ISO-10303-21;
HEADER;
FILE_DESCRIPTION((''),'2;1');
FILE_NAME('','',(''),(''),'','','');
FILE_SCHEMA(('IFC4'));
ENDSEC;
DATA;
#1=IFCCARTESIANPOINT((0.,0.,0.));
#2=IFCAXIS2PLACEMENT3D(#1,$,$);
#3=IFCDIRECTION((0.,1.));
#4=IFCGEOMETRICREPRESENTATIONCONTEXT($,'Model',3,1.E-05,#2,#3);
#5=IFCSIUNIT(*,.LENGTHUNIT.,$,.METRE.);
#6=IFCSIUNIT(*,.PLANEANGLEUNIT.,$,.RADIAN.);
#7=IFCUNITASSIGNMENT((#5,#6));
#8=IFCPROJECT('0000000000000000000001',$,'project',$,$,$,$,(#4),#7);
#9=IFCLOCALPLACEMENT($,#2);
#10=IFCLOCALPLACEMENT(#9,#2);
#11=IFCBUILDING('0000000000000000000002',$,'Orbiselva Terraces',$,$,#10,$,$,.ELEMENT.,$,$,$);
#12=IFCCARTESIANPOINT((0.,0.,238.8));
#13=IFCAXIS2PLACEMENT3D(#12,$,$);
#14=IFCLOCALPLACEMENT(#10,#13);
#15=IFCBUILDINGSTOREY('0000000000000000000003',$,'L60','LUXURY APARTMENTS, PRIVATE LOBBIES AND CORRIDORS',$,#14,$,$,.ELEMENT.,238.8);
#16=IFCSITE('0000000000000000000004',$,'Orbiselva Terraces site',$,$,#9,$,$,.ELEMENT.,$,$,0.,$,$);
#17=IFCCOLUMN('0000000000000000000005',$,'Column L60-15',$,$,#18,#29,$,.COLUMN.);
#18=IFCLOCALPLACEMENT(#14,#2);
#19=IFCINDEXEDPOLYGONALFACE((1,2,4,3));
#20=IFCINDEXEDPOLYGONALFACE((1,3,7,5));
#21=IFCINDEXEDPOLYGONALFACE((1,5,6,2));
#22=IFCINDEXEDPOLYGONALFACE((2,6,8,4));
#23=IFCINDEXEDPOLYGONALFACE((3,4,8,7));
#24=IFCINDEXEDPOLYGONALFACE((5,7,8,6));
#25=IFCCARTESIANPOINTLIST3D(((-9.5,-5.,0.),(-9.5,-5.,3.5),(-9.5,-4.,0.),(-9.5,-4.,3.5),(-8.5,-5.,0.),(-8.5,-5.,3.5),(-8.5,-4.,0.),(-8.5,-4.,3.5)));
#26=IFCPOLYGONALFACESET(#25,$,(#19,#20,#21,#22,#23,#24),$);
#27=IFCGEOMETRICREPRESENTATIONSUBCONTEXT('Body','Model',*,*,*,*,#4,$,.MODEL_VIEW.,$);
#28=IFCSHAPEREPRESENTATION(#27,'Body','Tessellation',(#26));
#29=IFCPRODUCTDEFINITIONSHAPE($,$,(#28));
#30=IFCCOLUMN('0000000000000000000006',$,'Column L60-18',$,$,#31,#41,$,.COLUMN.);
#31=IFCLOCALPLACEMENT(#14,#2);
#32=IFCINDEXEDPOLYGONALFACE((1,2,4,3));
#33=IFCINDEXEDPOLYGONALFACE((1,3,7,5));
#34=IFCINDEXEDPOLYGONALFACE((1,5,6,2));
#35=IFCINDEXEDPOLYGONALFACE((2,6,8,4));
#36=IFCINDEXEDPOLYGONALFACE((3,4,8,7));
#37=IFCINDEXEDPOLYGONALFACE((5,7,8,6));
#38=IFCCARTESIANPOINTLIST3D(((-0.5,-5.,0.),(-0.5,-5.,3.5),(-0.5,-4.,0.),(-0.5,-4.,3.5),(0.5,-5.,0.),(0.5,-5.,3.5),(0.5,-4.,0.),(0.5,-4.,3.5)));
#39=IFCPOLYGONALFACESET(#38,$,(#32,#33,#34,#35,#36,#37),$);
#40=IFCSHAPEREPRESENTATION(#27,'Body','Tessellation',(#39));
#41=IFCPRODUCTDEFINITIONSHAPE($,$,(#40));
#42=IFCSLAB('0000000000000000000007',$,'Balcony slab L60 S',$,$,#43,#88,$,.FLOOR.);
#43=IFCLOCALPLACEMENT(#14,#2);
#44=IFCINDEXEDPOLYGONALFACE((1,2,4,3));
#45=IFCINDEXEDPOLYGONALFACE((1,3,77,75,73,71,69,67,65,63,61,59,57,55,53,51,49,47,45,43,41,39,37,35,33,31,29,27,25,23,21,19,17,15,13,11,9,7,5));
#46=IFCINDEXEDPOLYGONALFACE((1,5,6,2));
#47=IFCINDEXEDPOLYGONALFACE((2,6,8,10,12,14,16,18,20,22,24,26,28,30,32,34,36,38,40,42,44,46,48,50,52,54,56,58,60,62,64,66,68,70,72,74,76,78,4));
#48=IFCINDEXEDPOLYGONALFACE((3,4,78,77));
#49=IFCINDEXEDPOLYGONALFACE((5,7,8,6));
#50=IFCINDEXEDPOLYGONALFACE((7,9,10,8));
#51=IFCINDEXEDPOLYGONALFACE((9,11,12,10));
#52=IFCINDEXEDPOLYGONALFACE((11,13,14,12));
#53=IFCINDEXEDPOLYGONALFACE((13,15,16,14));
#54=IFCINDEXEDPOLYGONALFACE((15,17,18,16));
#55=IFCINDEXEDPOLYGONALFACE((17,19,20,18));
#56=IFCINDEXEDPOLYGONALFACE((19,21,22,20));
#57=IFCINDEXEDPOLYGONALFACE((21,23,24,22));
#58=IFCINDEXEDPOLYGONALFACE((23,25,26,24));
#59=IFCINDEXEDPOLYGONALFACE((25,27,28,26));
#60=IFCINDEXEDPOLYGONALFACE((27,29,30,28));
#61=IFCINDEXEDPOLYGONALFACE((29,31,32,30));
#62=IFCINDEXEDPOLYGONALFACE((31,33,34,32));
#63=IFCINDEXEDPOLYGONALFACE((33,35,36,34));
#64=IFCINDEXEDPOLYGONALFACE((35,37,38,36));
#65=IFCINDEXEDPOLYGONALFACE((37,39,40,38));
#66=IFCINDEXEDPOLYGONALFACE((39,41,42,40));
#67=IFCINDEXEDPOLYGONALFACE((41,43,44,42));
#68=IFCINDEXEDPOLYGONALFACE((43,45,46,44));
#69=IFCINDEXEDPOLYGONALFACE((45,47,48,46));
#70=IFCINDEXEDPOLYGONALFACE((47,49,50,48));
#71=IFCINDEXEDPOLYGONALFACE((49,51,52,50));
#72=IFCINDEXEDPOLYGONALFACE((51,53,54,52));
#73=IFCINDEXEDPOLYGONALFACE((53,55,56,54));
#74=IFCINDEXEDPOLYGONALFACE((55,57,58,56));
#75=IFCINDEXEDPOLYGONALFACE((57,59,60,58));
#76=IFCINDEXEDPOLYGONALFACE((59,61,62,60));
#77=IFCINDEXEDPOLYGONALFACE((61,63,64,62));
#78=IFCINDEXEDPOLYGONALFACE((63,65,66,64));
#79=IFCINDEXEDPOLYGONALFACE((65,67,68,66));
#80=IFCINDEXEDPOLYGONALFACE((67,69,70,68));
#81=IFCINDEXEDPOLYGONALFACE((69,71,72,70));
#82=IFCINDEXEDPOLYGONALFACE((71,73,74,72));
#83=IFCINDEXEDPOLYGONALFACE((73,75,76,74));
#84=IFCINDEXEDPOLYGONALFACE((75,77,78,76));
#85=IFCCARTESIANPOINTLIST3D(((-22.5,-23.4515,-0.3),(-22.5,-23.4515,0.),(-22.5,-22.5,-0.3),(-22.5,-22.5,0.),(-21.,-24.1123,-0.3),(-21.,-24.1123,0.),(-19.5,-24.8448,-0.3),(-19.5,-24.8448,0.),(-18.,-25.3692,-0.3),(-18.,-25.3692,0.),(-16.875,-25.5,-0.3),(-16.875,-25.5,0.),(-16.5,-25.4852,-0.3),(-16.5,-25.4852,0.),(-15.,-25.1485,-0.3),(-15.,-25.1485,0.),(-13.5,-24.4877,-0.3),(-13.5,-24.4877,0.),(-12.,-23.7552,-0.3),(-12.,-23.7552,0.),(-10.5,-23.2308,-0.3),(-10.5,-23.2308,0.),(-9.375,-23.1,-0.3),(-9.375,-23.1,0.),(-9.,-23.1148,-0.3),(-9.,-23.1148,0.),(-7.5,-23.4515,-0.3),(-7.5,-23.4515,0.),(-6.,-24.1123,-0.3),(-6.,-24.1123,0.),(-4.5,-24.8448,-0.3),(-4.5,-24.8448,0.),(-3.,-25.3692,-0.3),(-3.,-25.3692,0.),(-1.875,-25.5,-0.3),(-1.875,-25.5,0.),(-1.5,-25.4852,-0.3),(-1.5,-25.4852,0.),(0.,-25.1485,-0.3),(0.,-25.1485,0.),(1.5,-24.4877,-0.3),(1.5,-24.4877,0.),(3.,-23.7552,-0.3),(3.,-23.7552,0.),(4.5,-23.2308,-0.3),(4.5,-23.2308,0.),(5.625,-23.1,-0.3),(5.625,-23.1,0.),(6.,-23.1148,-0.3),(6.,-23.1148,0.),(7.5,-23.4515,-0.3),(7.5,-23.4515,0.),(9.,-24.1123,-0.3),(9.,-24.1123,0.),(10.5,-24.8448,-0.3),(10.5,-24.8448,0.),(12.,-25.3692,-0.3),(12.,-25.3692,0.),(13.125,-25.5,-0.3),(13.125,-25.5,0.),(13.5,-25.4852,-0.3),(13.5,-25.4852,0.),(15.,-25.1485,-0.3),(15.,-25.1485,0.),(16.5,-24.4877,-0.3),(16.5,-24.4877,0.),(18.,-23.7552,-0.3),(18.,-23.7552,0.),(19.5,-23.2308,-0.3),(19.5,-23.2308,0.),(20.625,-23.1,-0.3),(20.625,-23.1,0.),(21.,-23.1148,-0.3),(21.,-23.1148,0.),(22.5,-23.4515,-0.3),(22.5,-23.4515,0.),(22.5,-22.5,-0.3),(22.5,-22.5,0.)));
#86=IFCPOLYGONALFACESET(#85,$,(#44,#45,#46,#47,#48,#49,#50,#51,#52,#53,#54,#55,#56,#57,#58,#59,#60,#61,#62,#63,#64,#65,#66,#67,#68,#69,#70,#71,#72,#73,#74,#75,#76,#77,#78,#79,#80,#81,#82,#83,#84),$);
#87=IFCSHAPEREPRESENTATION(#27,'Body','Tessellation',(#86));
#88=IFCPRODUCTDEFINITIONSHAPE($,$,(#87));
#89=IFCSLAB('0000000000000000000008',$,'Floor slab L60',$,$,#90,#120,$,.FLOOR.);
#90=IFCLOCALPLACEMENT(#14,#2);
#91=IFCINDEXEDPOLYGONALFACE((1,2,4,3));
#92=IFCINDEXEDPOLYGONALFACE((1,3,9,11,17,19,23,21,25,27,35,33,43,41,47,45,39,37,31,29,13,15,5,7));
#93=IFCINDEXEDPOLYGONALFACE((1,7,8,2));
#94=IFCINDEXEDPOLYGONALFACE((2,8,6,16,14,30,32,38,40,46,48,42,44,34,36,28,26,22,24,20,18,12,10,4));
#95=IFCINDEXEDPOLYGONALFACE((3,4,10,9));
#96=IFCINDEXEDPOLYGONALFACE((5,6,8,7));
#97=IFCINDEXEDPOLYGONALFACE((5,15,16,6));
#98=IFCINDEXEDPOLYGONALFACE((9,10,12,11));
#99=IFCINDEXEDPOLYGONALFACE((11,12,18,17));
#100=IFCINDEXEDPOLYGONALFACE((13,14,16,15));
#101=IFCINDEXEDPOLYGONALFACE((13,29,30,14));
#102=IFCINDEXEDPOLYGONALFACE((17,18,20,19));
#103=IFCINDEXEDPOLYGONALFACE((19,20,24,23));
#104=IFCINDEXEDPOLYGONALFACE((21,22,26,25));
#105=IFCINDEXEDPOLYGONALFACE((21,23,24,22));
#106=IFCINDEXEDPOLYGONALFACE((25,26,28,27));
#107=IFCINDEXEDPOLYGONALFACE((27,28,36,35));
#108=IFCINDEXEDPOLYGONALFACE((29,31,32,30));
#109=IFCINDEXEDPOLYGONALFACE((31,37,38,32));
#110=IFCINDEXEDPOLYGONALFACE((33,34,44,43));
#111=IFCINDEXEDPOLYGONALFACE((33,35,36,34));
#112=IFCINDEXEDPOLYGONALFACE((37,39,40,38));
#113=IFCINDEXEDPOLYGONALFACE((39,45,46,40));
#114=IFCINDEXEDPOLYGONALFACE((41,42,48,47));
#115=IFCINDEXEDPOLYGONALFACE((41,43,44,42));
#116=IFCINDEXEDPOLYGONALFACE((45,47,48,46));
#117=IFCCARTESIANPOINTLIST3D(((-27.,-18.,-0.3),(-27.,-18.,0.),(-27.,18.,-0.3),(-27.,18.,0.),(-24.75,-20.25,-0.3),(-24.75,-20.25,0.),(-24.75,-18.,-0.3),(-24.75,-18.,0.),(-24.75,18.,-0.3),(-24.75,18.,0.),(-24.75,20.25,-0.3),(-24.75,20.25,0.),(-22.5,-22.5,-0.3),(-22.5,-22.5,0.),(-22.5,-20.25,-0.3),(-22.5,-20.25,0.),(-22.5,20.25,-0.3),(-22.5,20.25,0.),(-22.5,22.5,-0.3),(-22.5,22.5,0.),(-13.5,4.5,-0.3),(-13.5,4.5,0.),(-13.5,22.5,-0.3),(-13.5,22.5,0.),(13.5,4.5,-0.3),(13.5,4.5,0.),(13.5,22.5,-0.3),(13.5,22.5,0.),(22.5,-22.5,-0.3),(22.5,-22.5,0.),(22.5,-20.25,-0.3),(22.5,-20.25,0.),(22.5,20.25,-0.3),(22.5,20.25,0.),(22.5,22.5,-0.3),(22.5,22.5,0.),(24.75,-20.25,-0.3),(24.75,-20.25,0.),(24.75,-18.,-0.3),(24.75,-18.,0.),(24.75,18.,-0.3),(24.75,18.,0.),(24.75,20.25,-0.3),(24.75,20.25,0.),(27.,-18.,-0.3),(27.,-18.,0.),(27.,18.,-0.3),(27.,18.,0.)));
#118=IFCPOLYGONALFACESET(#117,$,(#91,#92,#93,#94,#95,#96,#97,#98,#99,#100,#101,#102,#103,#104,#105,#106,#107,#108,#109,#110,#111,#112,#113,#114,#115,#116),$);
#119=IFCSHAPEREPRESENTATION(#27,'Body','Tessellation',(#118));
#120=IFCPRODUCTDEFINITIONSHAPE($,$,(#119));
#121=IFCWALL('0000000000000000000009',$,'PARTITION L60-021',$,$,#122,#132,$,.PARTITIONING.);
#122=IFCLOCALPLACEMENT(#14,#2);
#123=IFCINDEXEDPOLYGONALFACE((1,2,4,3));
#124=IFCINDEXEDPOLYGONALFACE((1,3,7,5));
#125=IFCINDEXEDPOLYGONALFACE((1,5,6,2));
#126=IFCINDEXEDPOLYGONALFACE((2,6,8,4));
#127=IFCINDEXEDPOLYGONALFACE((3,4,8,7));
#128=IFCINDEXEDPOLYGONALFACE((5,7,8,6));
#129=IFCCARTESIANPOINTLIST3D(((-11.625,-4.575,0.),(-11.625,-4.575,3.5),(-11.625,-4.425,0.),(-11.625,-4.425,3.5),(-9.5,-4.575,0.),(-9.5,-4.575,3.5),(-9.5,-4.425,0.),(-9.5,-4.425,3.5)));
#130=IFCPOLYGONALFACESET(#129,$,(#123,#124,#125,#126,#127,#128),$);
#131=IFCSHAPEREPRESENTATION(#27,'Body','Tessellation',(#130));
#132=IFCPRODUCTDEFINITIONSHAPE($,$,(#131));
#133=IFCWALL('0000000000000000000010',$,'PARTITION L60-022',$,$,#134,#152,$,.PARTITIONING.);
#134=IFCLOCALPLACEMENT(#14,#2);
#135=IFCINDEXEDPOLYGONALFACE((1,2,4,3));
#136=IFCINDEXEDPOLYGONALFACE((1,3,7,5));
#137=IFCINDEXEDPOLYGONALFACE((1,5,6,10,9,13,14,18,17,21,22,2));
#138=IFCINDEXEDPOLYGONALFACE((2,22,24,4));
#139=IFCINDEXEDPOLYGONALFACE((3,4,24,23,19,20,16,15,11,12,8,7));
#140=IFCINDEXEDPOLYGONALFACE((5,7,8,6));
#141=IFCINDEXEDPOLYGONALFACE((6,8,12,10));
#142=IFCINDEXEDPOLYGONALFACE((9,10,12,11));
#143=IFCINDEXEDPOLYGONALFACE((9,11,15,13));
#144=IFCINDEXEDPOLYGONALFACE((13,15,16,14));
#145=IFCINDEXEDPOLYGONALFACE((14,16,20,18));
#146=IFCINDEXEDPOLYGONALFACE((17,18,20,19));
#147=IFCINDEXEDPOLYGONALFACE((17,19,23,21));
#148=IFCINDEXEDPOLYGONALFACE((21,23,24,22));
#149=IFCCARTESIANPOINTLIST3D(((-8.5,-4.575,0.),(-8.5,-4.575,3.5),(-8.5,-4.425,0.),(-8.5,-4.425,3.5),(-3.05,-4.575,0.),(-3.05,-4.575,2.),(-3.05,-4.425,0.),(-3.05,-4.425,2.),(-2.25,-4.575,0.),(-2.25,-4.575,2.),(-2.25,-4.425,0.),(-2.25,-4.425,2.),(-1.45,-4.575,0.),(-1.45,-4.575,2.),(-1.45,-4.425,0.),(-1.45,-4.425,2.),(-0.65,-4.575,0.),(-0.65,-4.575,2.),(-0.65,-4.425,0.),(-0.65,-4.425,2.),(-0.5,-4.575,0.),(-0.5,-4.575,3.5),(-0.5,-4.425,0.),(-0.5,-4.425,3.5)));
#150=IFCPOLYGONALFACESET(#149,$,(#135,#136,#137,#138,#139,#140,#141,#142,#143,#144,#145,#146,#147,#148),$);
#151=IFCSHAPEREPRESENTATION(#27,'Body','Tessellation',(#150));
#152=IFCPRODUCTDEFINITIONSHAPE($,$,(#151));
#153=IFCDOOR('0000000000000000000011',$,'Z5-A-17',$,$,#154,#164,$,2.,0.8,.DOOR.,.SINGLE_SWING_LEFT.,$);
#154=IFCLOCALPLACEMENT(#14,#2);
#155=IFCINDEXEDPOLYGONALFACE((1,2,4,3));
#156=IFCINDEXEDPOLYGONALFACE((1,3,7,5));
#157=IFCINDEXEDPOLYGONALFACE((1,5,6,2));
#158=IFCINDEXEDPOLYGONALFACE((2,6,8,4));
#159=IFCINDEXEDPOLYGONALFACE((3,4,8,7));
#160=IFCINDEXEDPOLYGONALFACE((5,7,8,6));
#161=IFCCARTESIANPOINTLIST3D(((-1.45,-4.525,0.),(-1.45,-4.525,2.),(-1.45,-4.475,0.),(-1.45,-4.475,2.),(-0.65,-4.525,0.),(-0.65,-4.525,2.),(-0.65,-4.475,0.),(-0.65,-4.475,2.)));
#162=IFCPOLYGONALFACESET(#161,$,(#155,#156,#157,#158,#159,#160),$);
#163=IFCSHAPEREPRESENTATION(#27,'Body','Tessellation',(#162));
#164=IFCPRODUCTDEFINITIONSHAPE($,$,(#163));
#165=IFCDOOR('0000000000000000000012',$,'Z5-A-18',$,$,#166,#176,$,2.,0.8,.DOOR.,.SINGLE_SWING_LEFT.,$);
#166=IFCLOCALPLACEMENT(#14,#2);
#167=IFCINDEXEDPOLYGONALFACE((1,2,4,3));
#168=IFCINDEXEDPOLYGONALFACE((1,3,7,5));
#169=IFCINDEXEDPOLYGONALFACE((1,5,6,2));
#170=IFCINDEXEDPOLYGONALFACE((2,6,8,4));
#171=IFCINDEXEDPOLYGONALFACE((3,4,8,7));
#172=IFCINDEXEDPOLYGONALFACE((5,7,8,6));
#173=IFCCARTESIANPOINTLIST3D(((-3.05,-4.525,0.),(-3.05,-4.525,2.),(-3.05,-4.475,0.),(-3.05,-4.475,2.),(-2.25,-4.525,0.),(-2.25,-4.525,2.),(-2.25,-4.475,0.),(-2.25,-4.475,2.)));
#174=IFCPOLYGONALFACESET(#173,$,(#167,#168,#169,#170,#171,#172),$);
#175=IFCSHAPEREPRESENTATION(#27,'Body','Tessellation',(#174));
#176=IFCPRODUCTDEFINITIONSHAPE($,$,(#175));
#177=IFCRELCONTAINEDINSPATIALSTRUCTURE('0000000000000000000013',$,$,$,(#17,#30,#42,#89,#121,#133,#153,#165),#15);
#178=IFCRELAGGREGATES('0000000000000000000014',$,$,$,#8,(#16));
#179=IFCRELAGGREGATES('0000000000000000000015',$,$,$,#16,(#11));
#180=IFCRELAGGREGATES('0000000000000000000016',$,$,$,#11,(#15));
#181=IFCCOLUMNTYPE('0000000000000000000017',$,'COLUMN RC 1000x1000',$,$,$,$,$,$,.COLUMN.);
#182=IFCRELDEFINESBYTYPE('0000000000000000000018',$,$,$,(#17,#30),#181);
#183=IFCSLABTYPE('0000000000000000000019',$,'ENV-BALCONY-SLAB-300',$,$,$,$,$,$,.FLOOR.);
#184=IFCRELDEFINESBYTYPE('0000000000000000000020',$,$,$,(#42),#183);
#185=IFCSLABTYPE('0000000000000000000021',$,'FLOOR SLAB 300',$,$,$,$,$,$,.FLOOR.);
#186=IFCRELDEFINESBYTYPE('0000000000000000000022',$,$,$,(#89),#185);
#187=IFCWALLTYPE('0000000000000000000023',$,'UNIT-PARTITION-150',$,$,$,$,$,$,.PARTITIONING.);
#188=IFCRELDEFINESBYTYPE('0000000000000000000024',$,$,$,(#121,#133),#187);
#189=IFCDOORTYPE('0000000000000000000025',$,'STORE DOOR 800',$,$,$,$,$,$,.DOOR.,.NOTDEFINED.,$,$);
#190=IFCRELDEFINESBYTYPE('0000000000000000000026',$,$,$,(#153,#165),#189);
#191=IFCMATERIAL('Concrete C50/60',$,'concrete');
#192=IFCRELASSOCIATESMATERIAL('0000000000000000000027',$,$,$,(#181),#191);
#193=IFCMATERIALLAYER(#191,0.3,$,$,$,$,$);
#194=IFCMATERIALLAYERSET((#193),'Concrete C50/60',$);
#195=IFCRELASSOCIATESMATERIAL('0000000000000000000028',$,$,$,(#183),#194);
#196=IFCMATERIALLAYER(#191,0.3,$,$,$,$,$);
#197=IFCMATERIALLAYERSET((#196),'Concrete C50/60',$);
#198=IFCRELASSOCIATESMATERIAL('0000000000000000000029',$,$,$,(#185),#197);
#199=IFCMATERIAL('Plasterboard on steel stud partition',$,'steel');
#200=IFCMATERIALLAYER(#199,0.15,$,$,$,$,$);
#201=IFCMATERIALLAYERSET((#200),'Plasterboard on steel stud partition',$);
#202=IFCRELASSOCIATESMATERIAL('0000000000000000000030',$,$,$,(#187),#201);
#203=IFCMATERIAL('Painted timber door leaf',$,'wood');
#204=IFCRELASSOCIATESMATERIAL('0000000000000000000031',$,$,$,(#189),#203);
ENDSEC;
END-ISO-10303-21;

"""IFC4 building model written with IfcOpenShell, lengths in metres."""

from ifc_helpers import new_model, si_unit, direction, frame, frame_2d, origin, origin_2d, place, context, subcontext, project, spatial, polyline, rectangle, outline, extrude, material, layer, layer_set, material_profile, profile_set, type_object, element, fill, save


model = new_model("IFC4")

# Units and contexts
model_context = context("Model", 3, precision=1e-05, world=origin(), true_north=direction((0.0, 1.0)))
body_context = subcontext(model_context, "Body", "Model", "MODEL_VIEW")
ifc_project = project(units=[si_unit("LENGTHUNIT", "METRE"), si_unit("PLANEANGLEUNIT", "RADIAN")], contexts=[model_context])

# Site, building, storey
site_placement = place(None, origin())
site = spatial("IfcSite", under=ifc_project, at=site_placement, Name="Orbiselva Terraces site", CompositionType="ELEMENT", RefElevation=0.0)
building_placement = place(site_placement, origin())
building = spatial("IfcBuilding", under=site, at=building_placement, Name="Orbiselva Terraces", CompositionType="ELEMENT")
storey_placement = place(building_placement, frame((0.0, 0.0, 238.8)))
storey = spatial("IfcBuildingStorey", under=building, at=storey_placement, Name="L60", Description="LUXURY APARTMENTS, PRIVATE LOBBIES AND CORRIDORS", CompositionType="ELEMENT", Elevation=238.8)

# Columns
ifc_material_1 = material(Name="Concrete C50/60", Category="concrete")
ifc_material_profile = material_profile(ifc_material_1, rectangle(XDim=1.0, YDim=1.0, at=origin_2d()), Name="RC 1000x1000")
ifc_profile_set = profile_set([ifc_material_profile], Name="Concrete C50/60")
column_type = type_object("IfcColumnType", Name="COLUMN RC 1000x1000", PredefinedType="COLUMN", material=ifc_profile_set)
for number, where, z_axis, x_axis, name in (
    (1, (-9.0, -4.5, 0.0), (0.0, 0.0, 1.0), (1.0, 0.0, 0.0), "Column L60-15"),
    (2, (0.0, -4.5, 0.0), (0.0, 0.0, 1.0), (1.0, 0.0, 0.0), "Column L60-18"),
):
    element("IfcColumn", number, at=place(storey_placement, frame(where, z_axis=z_axis, x_axis=x_axis)), inside=storey, type_object=column_type, Name=name, PredefinedType="COLUMN", context=body_context, shape_type="SweptSolid", body=[
        extrude(rectangle(XDim=1.0, YDim=1.0, at=origin_2d()), origin(), (0.0, 0.0, 1.0), 3.5),
    ])

# Slabs
ifc_layer_1 = layer(ifc_material_1, 0.3)
ifc_layer_set_1 = layer_set([ifc_layer_1], Name="Concrete C50/60")
slab_type_1 = type_object("IfcSlabType", Name="ENV-BALCONY-SLAB-300", PredefinedType="FLOOR", material=ifc_layer_set_1)
slab_1_placement = place(storey_placement, frame((0.0, 0.0, -0.3)))
element("IfcSlab", 3, at=slab_1_placement, inside=storey, type_object=slab_type_1, Name="Balcony slab L60 S", PredefinedType="FLOOR", context=body_context, shape_type="SweptSolid", body=[
    extrude(outline(polyline([(-22.5, -23.4515), (-21.0, -24.1123), (-19.5, -24.8448), (-18.0, -25.3692), (-16.875, -25.5), (-16.5, -25.4852), (-15.0, -25.1485), (-13.5, -24.4877), (-12.0, -23.7552), (-10.5, -23.2308), (-9.375, -23.1), (-9.0, -23.1148), (-7.5, -23.4515), (-6.0, -24.1123), (-4.5, -24.8448), (-3.0, -25.3692), (-1.875, -25.5), (-1.5, -25.4852), (0.0, -25.1485), (1.5, -24.4877), (3.0, -23.7552), (4.5, -23.2308), (5.625, -23.1), (6.0, -23.1148), (7.5, -23.4515), (9.0, -24.1123), (10.5, -24.8448), (12.0, -25.3692), (13.125, -25.5), (13.5, -25.4852), (15.0, -25.1485), (16.5, -24.4877), (18.0, -23.7552), (19.5, -23.2308), (20.625, -23.1), (21.0, -23.1148), (22.5, -23.4515), (22.5, -22.5), (-22.5, -22.5), (-22.5, -23.4515)])), origin(), (0.0, 0.0, 1.0), 0.3),
])
ifc_layer_2 = layer(ifc_material_1, 0.3)
ifc_layer_set_2 = layer_set([ifc_layer_2], Name="Concrete C50/60")
slab_type_2 = type_object("IfcSlabType", Name="FLOOR SLAB 300", PredefinedType="FLOOR", material=ifc_layer_set_2)
slab_2_placement = place(storey_placement, frame((0.0, 0.0, -0.3)))
element("IfcSlab", 4, at=slab_2_placement, inside=storey, type_object=slab_type_2, Name="Floor slab L60", PredefinedType="FLOOR", context=body_context, shape_type="SweptSolid", body=[
    extrude(outline(polyline([(22.5, 22.5), (22.5, 20.25), (24.75, 20.25), (24.75, 18.0), (27.0, 18.0), (27.0, -18.0), (24.75, -18.0), (24.75, -20.25), (22.5, -20.25), (22.5, -22.5), (-22.5, -22.5), (-22.5, -20.25), (-24.75, -20.25), (-24.75, -18.0), (-27.0, -18.0), (-27.0, 18.0), (-24.75, 18.0), (-24.75, 20.25), (-22.5, 20.25), (-22.5, 22.5), (-13.5, 22.5), (-13.5, 4.5), (13.5, 4.5), (13.5, 22.5), (22.5, 22.5)])), origin(), (0.0, 0.0, 1.0), 0.3),
])

# Wall
ifc_material_2 = material(Name="Plasterboard on steel stud partition", Category="steel")
ifc_layer_3 = layer(ifc_material_2, 0.15)
ifc_layer_set_3 = layer_set([ifc_layer_3], Name="Plasterboard on steel stud partition")
wall_type = type_object("IfcWallType", Name="UNIT-PARTITION-150", PredefinedType="PARTITIONING", material=ifc_layer_set_3)
wall_1_placement = place(storey_placement, frame((-11.625, -4.5, 0.0), z_axis=(0.0, 0.0, 1.0), x_axis=(1.0, 0.0, 0.0)))
element("IfcWall", 5, at=wall_1_placement, inside=storey, type_object=wall_type, Name="PARTITION L60-021", PredefinedType="PARTITIONING", context=body_context, shape_type="SweptSolid", body=[
    extrude(rectangle(XDim=2.125, YDim=0.15, at=frame_2d((1.0625, 0.0))), origin(), (0.0, 0.0, 1.0), 3.5),
])

# Wall, openings, doors
wall_2_placement = place(storey_placement, frame((-0.5, -4.5, 0.0), z_axis=(0.0, 0.0, 1.0), x_axis=(-1.0, 0.0, 0.0)))
wall_2 = element("IfcWall", 6, at=wall_2_placement, inside=storey, type_object=wall_type, Name="PARTITION L60-022", PredefinedType="PARTITIONING", context=body_context, shape_type="SweptSolid", body=[
    extrude(rectangle(XDim=8.0, YDim=0.15, at=frame_2d((4.0, 0.0))), origin(), (0.0, 0.0, 1.0), 3.5),
])
opening_1_placement = place(wall_2_placement, frame((0.15, 0.0, 0.0)))
opening_1 = element("IfcOpeningElement", 7, at=opening_1_placement, cuts=wall_2, PredefinedType="OPENING", context=body_context, shape_type="SweptSolid", body=[
    extrude(rectangle(XDim=0.8, YDim=2.0, at=frame_2d((0.4, 1.0))), frame((0.0, 0.085, 0.0), z_axis=(0.0, -1.0, 0.0), x_axis=(1.0, 0.0, 0.0)), (0.0, 0.0, 1.0), 0.17),
])
opening_2_placement = place(wall_2_placement, frame((1.75, 0.0, 0.0)))
opening_2 = element("IfcOpeningElement", 8, at=opening_2_placement, cuts=wall_2, PredefinedType="OPENING", context=body_context, shape_type="SweptSolid", body=[
    extrude(rectangle(XDim=0.8, YDim=2.0, at=frame_2d((0.4, 1.0))), frame((0.0, 0.085, 0.0), z_axis=(0.0, -1.0, 0.0), x_axis=(1.0, 0.0, 0.0)), (0.0, 0.0, 1.0), 0.17),
])
ifc_material_3 = material(Name="Painted timber door leaf", Category="wood")
door_type_1 = type_object("IfcDoorType", Name="STORE DOOR 800", OperationType="NOTDEFINED", PredefinedType="DOOR", material=ifc_material_3)
door_1_placement = place(opening_1_placement, origin())
door_1 = element("IfcDoor", 9, at=door_1_placement, inside=storey, type_object=door_type_1, Name="Z5-A-17", OperationType="SINGLE_SWING_LEFT", OverallHeight=2.0, OverallWidth=0.8, PredefinedType="DOOR", context=body_context, shape_type="SweptSolid", body=[
    extrude(rectangle(XDim=0.8, YDim=2.0, at=frame_2d((0.4, 1.0))), frame((0.0, 0.025, 0.0), z_axis=(0.0, -1.0, 0.0), x_axis=(1.0, 0.0, 0.0)), (0.0, 0.0, 1.0), 0.05),
])
fill(opening_1, door_1)
door_2_placement = place(opening_2_placement, origin())
door_2 = element("IfcDoor", 10, at=door_2_placement, inside=storey, type_object=door_type_1, Name="Z5-A-18", OperationType="SINGLE_SWING_LEFT", OverallHeight=2.0, OverallWidth=0.8, PredefinedType="DOOR", context=body_context, shape_type="SweptSolid", body=[
    extrude(rectangle(XDim=0.8, YDim=2.0, at=frame_2d((0.4, 1.0))), frame((0.0, 0.025, 0.0), z_axis=(0.0, -1.0, 0.0), x_axis=(1.0, 0.0, 0.0)), (0.0, 0.0, 1.0), 0.05),
])
fill(opening_2, door_2)

save(model, "model.ifc")
